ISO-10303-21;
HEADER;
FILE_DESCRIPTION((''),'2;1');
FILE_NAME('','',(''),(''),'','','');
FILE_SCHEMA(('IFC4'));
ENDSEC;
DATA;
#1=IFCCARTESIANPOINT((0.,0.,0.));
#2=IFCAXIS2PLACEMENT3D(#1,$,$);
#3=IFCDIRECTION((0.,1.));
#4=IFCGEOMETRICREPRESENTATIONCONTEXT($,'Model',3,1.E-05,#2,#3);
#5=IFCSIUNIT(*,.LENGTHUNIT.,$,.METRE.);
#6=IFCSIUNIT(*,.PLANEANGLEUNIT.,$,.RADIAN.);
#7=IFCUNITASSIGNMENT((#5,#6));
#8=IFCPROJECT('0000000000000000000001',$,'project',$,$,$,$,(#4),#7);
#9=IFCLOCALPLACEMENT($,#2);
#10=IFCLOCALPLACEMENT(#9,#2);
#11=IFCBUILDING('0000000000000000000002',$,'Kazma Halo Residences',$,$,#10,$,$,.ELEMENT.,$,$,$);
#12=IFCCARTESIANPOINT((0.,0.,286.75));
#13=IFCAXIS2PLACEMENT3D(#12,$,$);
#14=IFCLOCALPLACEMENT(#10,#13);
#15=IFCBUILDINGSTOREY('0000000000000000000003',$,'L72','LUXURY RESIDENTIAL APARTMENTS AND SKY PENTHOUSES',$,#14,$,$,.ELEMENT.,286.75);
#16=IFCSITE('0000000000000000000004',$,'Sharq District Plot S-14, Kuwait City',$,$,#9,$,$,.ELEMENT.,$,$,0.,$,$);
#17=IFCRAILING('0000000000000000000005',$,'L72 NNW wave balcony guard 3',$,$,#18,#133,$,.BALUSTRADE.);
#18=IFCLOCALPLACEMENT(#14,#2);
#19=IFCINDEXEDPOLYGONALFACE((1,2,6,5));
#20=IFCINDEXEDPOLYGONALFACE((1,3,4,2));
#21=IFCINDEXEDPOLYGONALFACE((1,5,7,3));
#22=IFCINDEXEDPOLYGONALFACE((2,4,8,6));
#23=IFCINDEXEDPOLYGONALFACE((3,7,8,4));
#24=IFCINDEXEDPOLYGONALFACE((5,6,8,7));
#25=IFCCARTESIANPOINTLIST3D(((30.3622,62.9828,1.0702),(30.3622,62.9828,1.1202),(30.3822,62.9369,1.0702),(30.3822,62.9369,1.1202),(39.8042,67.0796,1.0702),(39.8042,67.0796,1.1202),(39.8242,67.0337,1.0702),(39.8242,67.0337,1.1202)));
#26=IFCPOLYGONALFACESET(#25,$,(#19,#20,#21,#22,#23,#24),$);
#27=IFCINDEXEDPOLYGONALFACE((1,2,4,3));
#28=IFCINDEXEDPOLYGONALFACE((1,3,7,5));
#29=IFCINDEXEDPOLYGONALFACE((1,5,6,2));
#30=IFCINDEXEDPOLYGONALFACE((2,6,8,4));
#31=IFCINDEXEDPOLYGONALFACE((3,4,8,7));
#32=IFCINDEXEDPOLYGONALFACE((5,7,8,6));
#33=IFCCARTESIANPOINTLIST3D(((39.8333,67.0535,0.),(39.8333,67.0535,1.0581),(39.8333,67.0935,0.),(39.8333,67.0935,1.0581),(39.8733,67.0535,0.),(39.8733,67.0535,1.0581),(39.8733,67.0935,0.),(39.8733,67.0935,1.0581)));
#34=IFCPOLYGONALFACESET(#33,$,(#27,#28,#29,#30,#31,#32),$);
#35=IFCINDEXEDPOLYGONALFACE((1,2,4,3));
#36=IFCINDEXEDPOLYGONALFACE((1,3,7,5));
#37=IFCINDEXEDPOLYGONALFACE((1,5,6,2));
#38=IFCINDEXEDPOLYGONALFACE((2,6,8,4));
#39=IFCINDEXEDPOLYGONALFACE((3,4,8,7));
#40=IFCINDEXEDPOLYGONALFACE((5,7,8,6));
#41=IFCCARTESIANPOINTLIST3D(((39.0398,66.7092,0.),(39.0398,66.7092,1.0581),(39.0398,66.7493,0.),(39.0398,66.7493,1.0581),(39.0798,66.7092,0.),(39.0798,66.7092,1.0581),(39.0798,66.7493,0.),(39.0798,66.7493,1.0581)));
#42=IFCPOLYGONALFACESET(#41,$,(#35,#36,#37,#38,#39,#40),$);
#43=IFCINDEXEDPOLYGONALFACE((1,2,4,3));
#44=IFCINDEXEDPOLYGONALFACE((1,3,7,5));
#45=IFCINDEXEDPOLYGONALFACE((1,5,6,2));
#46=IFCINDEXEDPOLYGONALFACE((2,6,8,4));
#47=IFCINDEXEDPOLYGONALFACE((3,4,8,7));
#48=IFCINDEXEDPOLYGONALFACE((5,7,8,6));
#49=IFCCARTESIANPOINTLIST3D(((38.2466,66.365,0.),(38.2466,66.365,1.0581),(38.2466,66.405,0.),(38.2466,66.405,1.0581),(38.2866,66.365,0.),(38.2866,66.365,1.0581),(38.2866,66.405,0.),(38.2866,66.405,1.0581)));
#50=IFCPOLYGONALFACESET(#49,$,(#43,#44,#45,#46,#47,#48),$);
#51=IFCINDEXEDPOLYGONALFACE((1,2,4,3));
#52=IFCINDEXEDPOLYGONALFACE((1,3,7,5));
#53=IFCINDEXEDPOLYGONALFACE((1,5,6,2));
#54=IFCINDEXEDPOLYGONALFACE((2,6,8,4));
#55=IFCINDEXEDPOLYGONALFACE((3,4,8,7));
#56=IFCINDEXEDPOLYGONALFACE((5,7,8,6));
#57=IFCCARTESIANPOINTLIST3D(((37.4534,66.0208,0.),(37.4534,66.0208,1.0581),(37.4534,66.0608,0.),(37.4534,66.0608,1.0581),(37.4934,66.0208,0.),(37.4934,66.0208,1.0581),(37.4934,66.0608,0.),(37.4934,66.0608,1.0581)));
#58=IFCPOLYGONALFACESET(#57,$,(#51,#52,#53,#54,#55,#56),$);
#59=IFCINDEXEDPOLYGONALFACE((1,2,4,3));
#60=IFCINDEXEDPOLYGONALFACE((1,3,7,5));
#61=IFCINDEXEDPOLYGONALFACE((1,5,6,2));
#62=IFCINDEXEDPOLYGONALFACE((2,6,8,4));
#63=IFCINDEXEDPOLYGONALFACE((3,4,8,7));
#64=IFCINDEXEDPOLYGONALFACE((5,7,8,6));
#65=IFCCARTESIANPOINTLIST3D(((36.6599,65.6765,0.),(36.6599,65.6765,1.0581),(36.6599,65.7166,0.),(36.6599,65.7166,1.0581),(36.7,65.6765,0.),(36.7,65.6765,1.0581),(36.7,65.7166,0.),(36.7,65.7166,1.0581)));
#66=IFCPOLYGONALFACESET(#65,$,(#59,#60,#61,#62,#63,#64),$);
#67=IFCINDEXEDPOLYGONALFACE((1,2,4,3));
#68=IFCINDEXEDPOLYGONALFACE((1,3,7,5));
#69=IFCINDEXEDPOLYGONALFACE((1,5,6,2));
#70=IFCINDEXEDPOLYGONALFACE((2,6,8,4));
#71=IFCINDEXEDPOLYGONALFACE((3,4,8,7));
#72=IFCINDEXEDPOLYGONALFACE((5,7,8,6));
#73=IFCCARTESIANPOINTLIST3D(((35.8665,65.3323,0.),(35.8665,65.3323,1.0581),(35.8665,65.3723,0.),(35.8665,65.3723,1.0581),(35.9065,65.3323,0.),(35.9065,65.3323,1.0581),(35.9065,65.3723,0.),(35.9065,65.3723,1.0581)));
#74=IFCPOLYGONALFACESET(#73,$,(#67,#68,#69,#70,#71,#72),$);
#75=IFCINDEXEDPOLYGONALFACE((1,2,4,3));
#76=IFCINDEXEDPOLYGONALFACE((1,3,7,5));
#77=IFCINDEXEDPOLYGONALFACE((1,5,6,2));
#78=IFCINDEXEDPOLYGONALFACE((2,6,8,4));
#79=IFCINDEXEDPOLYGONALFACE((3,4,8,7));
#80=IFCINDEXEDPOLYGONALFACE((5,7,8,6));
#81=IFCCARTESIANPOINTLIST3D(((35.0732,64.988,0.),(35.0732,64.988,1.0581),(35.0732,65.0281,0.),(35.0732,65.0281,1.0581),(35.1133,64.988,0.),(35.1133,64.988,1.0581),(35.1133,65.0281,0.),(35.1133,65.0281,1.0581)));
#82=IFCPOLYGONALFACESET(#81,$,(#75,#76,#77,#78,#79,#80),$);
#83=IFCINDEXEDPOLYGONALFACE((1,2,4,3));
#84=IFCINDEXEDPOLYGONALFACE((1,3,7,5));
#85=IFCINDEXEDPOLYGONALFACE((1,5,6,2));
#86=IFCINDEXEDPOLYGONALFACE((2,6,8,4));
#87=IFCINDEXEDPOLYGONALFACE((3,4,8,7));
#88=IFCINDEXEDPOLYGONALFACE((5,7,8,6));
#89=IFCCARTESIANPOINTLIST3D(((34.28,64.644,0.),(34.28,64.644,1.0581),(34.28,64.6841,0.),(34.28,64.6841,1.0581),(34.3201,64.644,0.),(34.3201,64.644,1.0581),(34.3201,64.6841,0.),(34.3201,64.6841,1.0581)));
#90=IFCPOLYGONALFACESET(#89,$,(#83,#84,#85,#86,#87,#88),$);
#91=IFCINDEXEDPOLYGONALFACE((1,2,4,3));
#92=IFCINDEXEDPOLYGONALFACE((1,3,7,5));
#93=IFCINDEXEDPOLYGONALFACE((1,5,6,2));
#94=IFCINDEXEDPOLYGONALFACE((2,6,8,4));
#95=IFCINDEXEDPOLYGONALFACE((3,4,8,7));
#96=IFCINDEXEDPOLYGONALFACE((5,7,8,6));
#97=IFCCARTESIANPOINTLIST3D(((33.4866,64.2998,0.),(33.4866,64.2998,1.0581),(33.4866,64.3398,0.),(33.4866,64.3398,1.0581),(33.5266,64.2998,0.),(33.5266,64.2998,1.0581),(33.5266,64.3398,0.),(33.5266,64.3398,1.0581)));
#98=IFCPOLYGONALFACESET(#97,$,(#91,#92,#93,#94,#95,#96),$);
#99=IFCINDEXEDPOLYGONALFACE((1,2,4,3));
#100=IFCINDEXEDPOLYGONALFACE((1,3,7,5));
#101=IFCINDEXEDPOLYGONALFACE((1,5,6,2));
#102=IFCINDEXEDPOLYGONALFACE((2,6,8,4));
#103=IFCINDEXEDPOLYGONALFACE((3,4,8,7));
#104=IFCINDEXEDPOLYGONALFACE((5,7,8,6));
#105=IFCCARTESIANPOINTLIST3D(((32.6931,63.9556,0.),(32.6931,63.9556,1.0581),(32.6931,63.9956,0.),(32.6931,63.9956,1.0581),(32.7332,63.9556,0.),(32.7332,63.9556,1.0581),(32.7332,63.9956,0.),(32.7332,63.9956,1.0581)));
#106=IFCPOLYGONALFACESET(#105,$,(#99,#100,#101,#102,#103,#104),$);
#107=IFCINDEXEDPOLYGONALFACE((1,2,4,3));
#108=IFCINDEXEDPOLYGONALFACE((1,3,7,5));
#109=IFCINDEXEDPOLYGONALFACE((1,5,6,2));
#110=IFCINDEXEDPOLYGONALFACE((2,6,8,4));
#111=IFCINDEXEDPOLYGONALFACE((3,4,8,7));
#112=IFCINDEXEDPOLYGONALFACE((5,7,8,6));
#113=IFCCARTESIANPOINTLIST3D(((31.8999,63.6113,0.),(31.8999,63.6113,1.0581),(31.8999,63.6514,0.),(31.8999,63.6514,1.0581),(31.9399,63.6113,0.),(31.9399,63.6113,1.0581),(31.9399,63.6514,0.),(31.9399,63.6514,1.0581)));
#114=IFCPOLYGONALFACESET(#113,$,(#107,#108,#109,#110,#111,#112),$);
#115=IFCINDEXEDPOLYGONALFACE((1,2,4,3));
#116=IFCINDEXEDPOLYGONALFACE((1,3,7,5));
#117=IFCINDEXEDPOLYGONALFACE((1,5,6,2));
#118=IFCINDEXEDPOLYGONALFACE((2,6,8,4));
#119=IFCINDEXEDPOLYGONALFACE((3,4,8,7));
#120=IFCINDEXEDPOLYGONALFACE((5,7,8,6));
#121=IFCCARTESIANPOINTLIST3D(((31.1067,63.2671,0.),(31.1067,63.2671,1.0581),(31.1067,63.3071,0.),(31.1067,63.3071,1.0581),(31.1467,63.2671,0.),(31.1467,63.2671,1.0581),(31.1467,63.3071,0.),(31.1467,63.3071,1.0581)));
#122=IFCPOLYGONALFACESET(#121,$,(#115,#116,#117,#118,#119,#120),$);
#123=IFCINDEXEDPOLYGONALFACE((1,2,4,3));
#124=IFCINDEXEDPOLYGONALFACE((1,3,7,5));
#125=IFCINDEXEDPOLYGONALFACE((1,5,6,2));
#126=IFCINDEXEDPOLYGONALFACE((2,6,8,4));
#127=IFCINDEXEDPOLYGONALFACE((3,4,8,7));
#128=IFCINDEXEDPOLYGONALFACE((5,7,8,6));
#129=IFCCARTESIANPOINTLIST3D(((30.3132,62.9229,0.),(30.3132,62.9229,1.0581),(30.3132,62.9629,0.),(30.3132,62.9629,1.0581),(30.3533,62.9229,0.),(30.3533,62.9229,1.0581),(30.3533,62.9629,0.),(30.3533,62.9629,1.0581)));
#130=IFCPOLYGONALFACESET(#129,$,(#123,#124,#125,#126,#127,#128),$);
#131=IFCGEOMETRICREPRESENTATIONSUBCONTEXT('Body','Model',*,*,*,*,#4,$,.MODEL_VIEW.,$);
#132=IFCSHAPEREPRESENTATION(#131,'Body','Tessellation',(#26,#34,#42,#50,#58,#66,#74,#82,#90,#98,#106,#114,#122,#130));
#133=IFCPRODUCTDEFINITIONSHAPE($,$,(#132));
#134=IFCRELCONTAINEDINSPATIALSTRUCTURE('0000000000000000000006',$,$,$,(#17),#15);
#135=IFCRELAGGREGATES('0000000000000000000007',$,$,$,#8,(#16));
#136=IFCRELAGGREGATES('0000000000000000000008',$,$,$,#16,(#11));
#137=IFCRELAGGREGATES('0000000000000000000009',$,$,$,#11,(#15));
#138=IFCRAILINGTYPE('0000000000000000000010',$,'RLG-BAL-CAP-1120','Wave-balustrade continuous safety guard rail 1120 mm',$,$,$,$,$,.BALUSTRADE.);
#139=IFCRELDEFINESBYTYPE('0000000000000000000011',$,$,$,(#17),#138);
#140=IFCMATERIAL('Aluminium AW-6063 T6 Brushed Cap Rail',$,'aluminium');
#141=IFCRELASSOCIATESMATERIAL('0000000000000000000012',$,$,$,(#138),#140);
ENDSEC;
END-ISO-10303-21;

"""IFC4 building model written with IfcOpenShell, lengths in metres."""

from ifc_helpers import new_model, si_unit, direction, frame, origin, origin_2d, place, context, subcontext, project, spatial, rectangle, extrude, material, type_object, element, save


model = new_model("IFC4")

# Units and contexts
model_context = context("Model", 3, precision=1e-05, world=origin(), true_north=direction((0.0, 1.0)))
body_context = subcontext(model_context, "Body", "Model", "MODEL_VIEW")
ifc_project = project(units=[si_unit("LENGTHUNIT", "METRE"), si_unit("PLANEANGLEUNIT", "RADIAN")], contexts=[model_context])

# Site, building, storey
site_placement = place(None, origin())
site = spatial("IfcSite", under=ifc_project, at=site_placement, Name="Sharq District Plot S-14, Kuwait City", CompositionType="ELEMENT", RefElevation=0.0)
building_placement = place(site_placement, origin())
building = spatial("IfcBuilding", under=site, at=building_placement, Name="Kazma Halo Residences", CompositionType="ELEMENT")
storey_placement = place(building_placement, frame((0.0, 0.0, 286.75)))
storey = spatial("IfcBuildingStorey", under=building, at=storey_placement, Name="L72", Description="LUXURY RESIDENTIAL APARTMENTS AND SKY PENTHOUSES", CompositionType="ELEMENT", Elevation=286.75)

# Railing
ifc_material_1 = material(Name="Aluminium AW-6063 T6 Brushed Cap Rail", Category="aluminium")
railing_type = type_object("IfcRailingType", Name="RLG-BAL-CAP-1120", Description="Wave-balustrade continuous safety guard rail 1120 mm", PredefinedType="BALUSTRADE", material=ifc_material_1)
railing_placement = place(storey_placement, frame((39.8533, 67.0735, 0.0)))
element("IfcRailing", 1, at=railing_placement, inside=storey, type_object=railing_type, Name="L72 NNW wave balcony guard 3", PredefinedType="BALUSTRADE", context=body_context, shape_type="SweptSolid", body=[
    extrude(rectangle(XDim=0.05, YDim=0.05, at=origin_2d()), frame((-0.0391, -0.0168, 1.0952), z_axis=(-0.91737, -0.398035, 0.0), x_axis=(0.398035, -0.91737, 0.0)), (0.0, 0.0, 1.0), 10.2925),
    extrude(rectangle(XDim=0.04, YDim=0.04, at=origin_2d()), origin(), (0.0, 0.0, 1.0), 1.0581),
    extrude(rectangle(XDim=0.04, YDim=0.04, at=origin_2d()), frame((-0.7935, -0.3442, 0.0)), (0.0, 0.0, 1.0), 1.0581),
    extrude(rectangle(XDim=0.04, YDim=0.04, at=origin_2d()), frame((-1.5867, -0.6885, 0.0)), (0.0, 0.0, 1.0), 1.0581),
    extrude(rectangle(XDim=0.04, YDim=0.04, at=origin_2d()), frame((-2.3799, -1.0327, 0.0)), (0.0, 0.0, 1.0), 1.0581),
    extrude(rectangle(XDim=0.04, YDim=0.04, at=origin_2d()), frame((-3.1733, -1.377, 0.0)), (0.0, 0.0, 1.0), 1.0581),
    extrude(rectangle(XDim=0.04, YDim=0.04, at=origin_2d()), frame((-3.9668, -1.7212, 0.0)), (0.0, 0.0, 1.0), 1.0581),
    extrude(rectangle(XDim=0.04, YDim=0.04, at=origin_2d()), frame((-4.76, -2.0654, 0.0)), (0.0, 0.0, 1.0), 1.0581),
    extrude(rectangle(XDim=0.04, YDim=0.04, at=origin_2d()), frame((-5.5532, -2.4094, 0.0)), (0.0, 0.0, 1.0), 1.0581),
    extrude(rectangle(XDim=0.04, YDim=0.04, at=origin_2d()), frame((-6.3467, -2.7537, 0.0)), (0.0, 0.0, 1.0), 1.0581),
    extrude(rectangle(XDim=0.04, YDim=0.04, at=origin_2d()), frame((-7.1401, -3.0979, 0.0)), (0.0, 0.0, 1.0), 1.0581),
    extrude(rectangle(XDim=0.04, YDim=0.04, at=origin_2d()), frame((-7.9333, -3.4421, 0.0)), (0.0, 0.0, 1.0), 1.0581),
    extrude(rectangle(XDim=0.04, YDim=0.04, at=origin_2d()), frame((-8.7266, -3.7864, 0.0)), (0.0, 0.0, 1.0), 1.0581),
    extrude(rectangle(XDim=0.04, YDim=0.04, at=origin_2d()), frame((-9.52, -4.1306, 0.0)), (0.0, 0.0, 1.0), 1.0581),
])

save(model, "model.ifc")
